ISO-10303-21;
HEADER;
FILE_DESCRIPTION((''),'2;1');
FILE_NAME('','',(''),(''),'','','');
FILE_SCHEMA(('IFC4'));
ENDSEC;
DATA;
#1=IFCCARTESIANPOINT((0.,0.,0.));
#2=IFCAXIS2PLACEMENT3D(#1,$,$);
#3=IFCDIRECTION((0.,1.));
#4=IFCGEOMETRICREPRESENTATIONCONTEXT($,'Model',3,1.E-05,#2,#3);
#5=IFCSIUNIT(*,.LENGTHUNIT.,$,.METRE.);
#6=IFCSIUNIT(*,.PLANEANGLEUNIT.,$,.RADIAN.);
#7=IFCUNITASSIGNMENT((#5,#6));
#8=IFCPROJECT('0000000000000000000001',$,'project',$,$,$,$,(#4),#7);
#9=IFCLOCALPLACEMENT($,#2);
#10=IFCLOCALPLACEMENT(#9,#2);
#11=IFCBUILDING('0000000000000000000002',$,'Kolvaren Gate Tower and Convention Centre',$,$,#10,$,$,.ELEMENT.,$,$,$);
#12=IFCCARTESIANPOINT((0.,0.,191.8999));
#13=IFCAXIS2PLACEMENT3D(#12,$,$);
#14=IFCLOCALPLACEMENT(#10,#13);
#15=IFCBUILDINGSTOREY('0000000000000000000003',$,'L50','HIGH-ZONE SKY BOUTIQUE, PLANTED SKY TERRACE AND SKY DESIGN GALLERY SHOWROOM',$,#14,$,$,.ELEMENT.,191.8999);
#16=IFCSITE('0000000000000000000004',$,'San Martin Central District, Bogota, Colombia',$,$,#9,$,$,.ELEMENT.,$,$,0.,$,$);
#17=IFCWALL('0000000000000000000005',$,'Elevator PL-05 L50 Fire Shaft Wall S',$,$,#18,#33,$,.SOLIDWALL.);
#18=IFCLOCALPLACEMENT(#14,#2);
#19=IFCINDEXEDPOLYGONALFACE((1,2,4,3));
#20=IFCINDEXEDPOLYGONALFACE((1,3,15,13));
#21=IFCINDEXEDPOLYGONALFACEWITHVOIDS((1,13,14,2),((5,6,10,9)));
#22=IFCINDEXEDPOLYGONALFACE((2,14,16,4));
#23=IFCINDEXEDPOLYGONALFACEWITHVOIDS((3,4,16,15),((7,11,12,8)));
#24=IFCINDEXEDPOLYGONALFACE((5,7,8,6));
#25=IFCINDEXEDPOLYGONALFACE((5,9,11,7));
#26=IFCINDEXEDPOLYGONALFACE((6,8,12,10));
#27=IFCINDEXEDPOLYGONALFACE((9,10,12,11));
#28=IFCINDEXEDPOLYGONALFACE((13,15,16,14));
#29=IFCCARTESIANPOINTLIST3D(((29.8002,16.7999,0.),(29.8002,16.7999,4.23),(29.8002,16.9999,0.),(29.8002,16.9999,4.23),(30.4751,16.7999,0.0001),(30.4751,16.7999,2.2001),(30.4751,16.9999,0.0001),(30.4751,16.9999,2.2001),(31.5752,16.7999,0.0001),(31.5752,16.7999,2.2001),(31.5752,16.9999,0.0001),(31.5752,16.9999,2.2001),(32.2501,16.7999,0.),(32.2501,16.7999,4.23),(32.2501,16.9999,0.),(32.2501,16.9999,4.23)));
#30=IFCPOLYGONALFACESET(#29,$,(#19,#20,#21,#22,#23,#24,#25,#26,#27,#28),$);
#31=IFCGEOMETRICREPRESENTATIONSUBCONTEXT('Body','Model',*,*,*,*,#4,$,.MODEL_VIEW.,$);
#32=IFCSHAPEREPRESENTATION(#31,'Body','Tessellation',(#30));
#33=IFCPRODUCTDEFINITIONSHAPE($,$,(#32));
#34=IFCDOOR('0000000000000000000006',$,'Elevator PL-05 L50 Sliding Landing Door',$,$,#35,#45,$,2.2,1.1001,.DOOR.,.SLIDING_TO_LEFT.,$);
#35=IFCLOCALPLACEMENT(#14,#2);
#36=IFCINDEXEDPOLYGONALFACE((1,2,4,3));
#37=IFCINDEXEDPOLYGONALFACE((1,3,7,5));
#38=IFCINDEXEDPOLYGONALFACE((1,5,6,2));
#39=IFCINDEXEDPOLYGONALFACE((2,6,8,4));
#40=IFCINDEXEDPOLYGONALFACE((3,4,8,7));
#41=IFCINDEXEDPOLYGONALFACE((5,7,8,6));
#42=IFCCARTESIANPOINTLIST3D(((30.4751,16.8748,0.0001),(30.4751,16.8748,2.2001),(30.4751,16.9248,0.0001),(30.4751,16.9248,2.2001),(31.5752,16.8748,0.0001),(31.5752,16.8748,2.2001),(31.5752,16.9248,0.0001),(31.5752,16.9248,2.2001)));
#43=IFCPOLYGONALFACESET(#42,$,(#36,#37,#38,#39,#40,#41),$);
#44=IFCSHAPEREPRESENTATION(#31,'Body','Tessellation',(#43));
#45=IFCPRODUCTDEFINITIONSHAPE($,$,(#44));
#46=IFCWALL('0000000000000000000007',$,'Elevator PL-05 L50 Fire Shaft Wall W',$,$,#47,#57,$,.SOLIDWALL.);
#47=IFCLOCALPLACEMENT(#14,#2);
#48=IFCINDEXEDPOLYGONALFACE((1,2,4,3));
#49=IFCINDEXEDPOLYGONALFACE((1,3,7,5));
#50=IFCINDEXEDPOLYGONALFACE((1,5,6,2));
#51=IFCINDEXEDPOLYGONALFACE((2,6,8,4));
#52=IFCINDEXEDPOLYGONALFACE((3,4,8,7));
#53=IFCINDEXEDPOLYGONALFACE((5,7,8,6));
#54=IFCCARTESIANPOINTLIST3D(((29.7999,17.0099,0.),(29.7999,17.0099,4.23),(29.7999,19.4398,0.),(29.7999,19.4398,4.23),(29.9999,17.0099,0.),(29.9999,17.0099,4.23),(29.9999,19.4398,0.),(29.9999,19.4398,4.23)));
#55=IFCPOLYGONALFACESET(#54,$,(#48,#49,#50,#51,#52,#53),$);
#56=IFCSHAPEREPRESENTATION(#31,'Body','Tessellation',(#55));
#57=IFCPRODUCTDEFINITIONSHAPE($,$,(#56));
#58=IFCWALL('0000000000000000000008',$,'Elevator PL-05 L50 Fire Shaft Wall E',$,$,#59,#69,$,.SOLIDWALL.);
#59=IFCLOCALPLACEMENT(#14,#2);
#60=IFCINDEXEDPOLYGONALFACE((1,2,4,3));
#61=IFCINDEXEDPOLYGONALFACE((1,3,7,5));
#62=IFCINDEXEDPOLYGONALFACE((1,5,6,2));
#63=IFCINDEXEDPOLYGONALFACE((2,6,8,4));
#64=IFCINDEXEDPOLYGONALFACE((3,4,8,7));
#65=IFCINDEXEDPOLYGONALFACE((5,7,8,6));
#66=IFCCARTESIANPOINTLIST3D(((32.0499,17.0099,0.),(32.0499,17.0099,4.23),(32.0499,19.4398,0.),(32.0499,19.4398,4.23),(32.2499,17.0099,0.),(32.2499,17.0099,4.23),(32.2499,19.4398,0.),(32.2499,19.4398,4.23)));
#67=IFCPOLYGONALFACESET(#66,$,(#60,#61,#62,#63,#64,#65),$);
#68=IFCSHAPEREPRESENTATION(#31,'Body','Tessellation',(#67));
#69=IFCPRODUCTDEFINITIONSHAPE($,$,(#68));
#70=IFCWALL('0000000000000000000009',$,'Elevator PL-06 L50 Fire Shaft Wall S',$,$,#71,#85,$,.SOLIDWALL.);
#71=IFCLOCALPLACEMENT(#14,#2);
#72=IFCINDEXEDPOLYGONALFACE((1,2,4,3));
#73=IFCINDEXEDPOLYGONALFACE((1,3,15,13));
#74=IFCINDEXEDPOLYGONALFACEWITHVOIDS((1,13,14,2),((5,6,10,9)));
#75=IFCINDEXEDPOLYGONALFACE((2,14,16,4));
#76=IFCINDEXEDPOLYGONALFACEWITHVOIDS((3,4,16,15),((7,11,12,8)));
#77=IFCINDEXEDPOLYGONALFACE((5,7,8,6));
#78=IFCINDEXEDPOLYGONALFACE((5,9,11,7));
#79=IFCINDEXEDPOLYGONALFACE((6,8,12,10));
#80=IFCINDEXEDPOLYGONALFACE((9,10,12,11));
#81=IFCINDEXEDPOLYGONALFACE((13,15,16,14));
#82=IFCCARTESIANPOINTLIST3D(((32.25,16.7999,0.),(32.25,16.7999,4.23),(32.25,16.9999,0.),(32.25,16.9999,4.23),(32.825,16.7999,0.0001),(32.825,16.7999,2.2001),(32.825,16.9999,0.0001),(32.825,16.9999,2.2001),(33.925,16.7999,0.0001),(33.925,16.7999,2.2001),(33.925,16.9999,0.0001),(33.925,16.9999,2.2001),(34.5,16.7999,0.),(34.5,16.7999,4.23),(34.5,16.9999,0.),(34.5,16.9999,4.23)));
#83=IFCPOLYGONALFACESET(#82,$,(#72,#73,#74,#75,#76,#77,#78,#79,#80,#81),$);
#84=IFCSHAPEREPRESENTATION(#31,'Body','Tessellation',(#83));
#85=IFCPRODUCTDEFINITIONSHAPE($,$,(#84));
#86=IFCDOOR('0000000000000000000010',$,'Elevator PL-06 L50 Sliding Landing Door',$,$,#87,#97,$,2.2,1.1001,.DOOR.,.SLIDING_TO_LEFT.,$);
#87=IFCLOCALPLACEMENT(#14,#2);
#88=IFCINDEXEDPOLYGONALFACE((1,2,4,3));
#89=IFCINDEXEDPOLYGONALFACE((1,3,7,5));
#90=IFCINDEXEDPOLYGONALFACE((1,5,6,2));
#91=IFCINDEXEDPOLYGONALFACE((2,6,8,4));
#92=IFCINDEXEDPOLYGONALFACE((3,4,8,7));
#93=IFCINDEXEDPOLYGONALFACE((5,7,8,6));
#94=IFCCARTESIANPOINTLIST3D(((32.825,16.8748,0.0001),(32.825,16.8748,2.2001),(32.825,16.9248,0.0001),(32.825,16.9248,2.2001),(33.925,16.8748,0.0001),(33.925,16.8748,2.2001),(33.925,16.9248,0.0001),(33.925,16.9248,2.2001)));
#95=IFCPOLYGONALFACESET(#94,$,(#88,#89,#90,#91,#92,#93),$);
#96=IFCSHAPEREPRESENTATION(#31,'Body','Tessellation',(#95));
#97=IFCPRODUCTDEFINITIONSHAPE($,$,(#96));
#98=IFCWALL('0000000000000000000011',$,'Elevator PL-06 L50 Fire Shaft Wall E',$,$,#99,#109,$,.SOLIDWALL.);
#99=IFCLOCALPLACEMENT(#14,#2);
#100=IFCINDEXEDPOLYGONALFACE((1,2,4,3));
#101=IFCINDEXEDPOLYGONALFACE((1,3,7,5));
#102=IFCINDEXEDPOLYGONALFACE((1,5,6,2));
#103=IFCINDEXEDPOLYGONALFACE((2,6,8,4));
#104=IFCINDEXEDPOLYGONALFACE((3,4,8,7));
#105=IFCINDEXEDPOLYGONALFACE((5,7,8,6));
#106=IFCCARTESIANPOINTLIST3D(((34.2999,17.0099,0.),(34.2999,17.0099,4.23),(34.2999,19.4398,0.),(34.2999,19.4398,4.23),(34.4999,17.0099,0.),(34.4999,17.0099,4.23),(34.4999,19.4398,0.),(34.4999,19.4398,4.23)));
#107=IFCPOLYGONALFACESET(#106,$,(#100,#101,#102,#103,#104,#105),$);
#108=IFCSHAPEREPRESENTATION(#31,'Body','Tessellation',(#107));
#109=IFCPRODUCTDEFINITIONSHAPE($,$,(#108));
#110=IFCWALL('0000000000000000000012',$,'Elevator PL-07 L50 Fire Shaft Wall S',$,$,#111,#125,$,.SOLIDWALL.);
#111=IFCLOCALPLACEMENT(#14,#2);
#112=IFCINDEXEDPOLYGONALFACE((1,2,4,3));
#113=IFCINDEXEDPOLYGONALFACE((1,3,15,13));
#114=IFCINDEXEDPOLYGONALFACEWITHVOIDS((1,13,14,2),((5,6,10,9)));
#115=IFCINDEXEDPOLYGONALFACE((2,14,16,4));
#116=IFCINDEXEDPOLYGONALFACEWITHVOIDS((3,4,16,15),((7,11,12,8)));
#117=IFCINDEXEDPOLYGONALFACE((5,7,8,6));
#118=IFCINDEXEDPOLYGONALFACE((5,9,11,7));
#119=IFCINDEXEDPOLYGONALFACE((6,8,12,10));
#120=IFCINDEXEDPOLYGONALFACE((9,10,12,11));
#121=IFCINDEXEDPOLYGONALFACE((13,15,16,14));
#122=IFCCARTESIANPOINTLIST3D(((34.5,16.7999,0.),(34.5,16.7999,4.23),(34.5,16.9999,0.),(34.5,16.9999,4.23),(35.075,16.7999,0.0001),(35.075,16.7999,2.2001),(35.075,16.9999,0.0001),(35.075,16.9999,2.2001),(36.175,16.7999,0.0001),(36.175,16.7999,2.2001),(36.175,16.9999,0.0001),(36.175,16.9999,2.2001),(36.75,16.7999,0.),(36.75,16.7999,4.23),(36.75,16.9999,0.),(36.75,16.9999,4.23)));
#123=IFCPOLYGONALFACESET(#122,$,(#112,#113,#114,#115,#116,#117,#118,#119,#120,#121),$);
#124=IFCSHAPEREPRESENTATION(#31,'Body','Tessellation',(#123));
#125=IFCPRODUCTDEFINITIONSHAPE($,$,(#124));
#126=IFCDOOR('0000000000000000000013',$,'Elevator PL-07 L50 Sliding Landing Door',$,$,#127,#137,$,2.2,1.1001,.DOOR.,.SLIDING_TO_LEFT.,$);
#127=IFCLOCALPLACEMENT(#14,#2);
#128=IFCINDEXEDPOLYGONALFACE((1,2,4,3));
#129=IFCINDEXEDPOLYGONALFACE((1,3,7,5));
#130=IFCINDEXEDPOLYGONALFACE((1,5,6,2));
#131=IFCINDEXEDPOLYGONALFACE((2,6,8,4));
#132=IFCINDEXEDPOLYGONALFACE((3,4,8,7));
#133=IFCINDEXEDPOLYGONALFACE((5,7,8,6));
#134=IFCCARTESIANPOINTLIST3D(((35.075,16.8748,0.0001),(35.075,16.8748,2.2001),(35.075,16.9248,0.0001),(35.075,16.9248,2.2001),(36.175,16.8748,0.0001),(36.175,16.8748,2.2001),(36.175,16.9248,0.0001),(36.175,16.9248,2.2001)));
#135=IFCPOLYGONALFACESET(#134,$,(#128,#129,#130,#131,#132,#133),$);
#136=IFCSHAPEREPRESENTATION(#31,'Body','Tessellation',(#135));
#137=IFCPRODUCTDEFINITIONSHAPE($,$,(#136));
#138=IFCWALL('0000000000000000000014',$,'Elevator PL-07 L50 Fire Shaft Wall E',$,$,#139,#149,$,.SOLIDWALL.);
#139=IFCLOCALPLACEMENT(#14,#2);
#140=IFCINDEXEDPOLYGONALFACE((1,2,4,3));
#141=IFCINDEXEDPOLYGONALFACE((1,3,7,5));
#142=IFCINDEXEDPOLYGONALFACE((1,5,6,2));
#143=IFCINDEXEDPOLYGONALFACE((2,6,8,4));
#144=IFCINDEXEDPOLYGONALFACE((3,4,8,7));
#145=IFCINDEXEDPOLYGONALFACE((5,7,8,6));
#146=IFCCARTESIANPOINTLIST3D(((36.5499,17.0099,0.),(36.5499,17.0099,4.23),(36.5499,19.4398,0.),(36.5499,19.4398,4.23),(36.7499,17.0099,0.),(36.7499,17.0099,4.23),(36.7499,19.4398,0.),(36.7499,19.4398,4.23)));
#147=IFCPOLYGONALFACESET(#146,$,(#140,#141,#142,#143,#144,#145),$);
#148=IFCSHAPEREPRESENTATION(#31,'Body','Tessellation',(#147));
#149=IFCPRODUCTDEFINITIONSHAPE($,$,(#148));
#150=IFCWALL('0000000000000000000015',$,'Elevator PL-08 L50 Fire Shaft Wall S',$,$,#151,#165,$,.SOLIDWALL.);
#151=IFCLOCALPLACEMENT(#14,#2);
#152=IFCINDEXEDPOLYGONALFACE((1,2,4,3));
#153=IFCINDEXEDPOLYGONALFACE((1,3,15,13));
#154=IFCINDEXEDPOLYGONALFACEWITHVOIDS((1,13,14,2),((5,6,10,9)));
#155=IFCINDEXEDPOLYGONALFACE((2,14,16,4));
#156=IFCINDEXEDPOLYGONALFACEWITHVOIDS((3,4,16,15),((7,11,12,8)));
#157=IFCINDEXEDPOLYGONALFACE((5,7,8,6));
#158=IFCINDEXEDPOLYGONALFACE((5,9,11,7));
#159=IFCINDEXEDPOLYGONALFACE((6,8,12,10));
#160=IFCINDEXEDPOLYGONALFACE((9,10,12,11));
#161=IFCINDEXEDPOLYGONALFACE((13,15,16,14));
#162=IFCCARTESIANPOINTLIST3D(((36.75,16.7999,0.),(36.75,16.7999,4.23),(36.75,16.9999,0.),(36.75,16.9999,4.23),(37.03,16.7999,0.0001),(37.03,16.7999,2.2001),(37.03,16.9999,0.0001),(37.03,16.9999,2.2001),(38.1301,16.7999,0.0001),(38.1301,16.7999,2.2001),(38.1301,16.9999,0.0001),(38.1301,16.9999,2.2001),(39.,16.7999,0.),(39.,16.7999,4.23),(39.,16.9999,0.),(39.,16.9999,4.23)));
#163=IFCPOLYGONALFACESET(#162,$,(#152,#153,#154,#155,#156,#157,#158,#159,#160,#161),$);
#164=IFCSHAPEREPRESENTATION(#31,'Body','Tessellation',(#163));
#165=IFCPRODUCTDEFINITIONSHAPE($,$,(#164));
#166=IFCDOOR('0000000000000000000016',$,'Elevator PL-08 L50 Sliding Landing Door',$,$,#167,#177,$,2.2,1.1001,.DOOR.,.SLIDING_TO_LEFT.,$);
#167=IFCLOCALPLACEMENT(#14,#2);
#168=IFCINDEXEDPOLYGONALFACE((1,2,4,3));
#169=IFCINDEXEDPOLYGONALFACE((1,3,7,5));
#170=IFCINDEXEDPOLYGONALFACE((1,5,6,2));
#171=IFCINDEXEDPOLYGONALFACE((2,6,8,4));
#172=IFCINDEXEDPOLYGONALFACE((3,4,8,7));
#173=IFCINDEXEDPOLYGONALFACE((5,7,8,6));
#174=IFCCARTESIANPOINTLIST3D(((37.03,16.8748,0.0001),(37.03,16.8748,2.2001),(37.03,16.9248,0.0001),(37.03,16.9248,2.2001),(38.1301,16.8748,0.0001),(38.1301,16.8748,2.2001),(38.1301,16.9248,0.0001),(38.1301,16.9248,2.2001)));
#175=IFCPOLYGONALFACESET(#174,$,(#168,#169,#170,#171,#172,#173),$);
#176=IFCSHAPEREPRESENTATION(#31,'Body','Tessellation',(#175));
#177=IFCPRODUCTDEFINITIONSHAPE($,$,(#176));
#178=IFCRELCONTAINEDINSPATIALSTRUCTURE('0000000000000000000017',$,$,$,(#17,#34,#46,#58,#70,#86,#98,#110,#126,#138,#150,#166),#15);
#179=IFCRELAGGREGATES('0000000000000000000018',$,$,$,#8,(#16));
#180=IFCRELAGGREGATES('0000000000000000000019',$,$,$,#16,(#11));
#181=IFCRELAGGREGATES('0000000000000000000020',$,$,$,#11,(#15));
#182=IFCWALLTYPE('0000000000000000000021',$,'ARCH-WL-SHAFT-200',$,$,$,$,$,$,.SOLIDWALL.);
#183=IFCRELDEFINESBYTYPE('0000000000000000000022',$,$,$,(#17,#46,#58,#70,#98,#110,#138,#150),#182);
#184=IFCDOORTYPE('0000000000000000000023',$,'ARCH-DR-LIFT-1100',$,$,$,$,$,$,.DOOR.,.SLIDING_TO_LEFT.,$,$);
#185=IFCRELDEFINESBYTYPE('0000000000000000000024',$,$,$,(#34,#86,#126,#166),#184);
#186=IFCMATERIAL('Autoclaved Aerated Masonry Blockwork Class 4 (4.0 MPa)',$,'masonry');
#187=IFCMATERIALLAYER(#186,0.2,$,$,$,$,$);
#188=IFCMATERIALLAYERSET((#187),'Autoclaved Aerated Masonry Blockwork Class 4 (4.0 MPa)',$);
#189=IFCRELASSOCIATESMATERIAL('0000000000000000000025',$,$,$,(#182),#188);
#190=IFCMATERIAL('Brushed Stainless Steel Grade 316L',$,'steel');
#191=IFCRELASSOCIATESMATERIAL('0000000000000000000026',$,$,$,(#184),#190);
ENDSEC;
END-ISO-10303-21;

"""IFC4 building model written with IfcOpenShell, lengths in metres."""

from ifc_helpers import new_model, si_unit, direction, frame, frame_2d, origin, place, context, subcontext, project, spatial, rectangle, extrude, material, layer, layer_set, type_object, element, fill, save


model = new_model("IFC4")

# Units and contexts
model_context = context("Model", 3, precision=1e-05, world=origin(), true_north=direction((0.0, 1.0)))
body_context = subcontext(model_context, "Body", "Model", "MODEL_VIEW")
ifc_project = project(units=[si_unit("LENGTHUNIT", "METRE"), si_unit("PLANEANGLEUNIT", "RADIAN")], contexts=[model_context])

# Site, building, storey
site_placement = place(None, origin())
site = spatial("IfcSite", under=ifc_project, at=site_placement, Name="San Martin Central District, Bogota, Colombia", CompositionType="ELEMENT", RefElevation=0.0)
building_placement = place(site_placement, origin())
building = spatial("IfcBuilding", under=site, at=building_placement, Name="Kolvaren Gate Tower and Convention Centre", CompositionType="ELEMENT")
storey_placement = place(building_placement, frame((0.0, 0.0, 191.8999)))
storey = spatial("IfcBuildingStorey", under=building, at=storey_placement, Name="L50", Description="HIGH-ZONE SKY BOUTIQUE, PLANTED SKY TERRACE AND SKY DESIGN GALLERY SHOWROOM", CompositionType="ELEMENT", Elevation=191.8999)

# Wall, opening, door
ifc_material_1 = material(Name="Autoclaved Aerated Masonry Blockwork Class 4 (4.0 MPa)", Category="masonry")
ifc_layer_1 = layer(ifc_material_1, 0.2)
ifc_layer_set_1 = layer_set([ifc_layer_1], Name="Autoclaved Aerated Masonry Blockwork Class 4 (4.0 MPa)")
wall_type_1 = type_object("IfcWallType", Name="ARCH-WL-SHAFT-200", PredefinedType="SOLIDWALL", material=ifc_layer_set_1)
wall_1_placement = place(storey_placement, frame((29.8, 16.8999, 0.0), z_axis=(0.0, 0.0, 1.0), x_axis=(1.0, 0.0, 0.0)))
wall_1 = element("IfcWall", 1, at=wall_1_placement, inside=storey, type_object=wall_type_1, Name="Elevator PL-05 L50 Fire Shaft Wall S", PredefinedType="SOLIDWALL", context=body_context, shape_type="SweptSolid", body=[
    extrude(rectangle(XDim=2.45, YDim=0.2, at=frame_2d((1.2251, 0.0))), origin(), (0.0, 0.0, 1.0), 4.23),
])
opening_1_placement = place(wall_1_placement, frame((0.675, 0.0, 0.0)))
opening_1 = element("IfcOpeningElement", 2, at=opening_1_placement, cuts=wall_1, PredefinedType="OPENING", context=body_context, shape_type="SweptSolid", body=[
    extrude(rectangle(XDim=1.1001, YDim=2.2, at=frame_2d((0.55, 1.1001))), frame((0.0, 0.1099, 0.0), z_axis=(0.0, -1.0, 0.0), x_axis=(1.0, 0.0, 0.0)), (0.0, 0.0, 1.0), 0.22),
])
ifc_material_2 = material(Name="Brushed Stainless Steel Grade 316L", Category="steel")
door_type_1 = type_object("IfcDoorType", Name="ARCH-DR-LIFT-1100", OperationType="SLIDING_TO_LEFT", PredefinedType="DOOR", material=ifc_material_2)
door_1_placement = place(opening_1_placement, origin())
door_1 = element("IfcDoor", 3, at=door_1_placement, inside=storey, type_object=door_type_1, Name="Elevator PL-05 L50 Sliding Landing Door", OperationType="SLIDING_TO_LEFT", OverallHeight=2.2, OverallWidth=1.1001, PredefinedType="DOOR", context=body_context, shape_type="SweptSolid", body=[
    extrude(rectangle(XDim=1.1001, YDim=2.2, at=frame_2d((0.55, 1.1001))), frame((0.0, 0.0249, 0.0), z_axis=(0.0, -1.0, 0.0), x_axis=(1.0, 0.0, 0.0)), (0.0, 0.0, 1.0), 0.05),
])
fill(opening_1, door_1)

# Walls
for number, where, z_axis, x_axis, name in (
    (4, (29.8999, 17.01, 0.0), (0.0, 0.0, 1.0), (0.0, 1.0, 0.0), "Elevator PL-05 L50 Fire Shaft Wall W"),
    (5, (32.1499, 17.01, 0.0), (0.0, 0.0, 1.0), (0.0, 1.0, 0.0), "Elevator PL-05 L50 Fire Shaft Wall E"),
):
    element("IfcWall", number, at=place(storey_placement, frame(where, z_axis=z_axis, x_axis=x_axis)), inside=storey, type_object=wall_type_1, Name=name, PredefinedType="SOLIDWALL", context=body_context, shape_type="SweptSolid", body=[
        extrude(rectangle(XDim=2.4299, YDim=0.2, at=frame_2d((1.2148, 0.0))), origin(), (0.0, 0.0, 1.0), 4.23),
    ])

# Wall, opening, door
wall_2_placement = place(storey_placement, frame((32.25, 16.8999, 0.0), z_axis=(0.0, 0.0, 1.0), x_axis=(1.0, 0.0, 0.0)))
wall_2 = element("IfcWall", 6, at=wall_2_placement, inside=storey, type_object=wall_type_1, Name="Elevator PL-06 L50 Fire Shaft Wall S", PredefinedType="SOLIDWALL", context=body_context, shape_type="SweptSolid", body=[
    extrude(rectangle(XDim=2.25, YDim=0.2, at=frame_2d((1.125, 0.0))), origin(), (0.0, 0.0, 1.0), 4.23),
])
opening_2_placement = place(wall_2_placement, frame((0.575, 0.0, 0.0)))
opening_2 = element("IfcOpeningElement", 7, at=opening_2_placement, cuts=wall_2, PredefinedType="OPENING", context=body_context, shape_type="SweptSolid", body=[
    extrude(rectangle(XDim=1.1001, YDim=2.2, at=frame_2d((0.55, 1.1001))), frame((0.0, 0.1099, 0.0), z_axis=(0.0, -1.0, 0.0), x_axis=(1.0, 0.0, 0.0)), (0.0, 0.0, 1.0), 0.22),
])
door_2_placement = place(opening_2_placement, origin())
door_2 = element("IfcDoor", 8, at=door_2_placement, inside=storey, type_object=door_type_1, Name="Elevator PL-06 L50 Sliding Landing Door", OperationType="SLIDING_TO_LEFT", OverallHeight=2.2, OverallWidth=1.1001, PredefinedType="DOOR", context=body_context, shape_type="SweptSolid", body=[
    extrude(rectangle(XDim=1.1001, YDim=2.2, at=frame_2d((0.55, 1.1001))), frame((0.0, 0.0249, 0.0), z_axis=(0.0, -1.0, 0.0), x_axis=(1.0, 0.0, 0.0)), (0.0, 0.0, 1.0), 0.05),
])
fill(opening_2, door_2)

# Wall
wall_3_placement = place(storey_placement, frame((34.3999, 17.01, 0.0), z_axis=(0.0, 0.0, 1.0), x_axis=(0.0, 1.0, 0.0)))
element("IfcWall", 9, at=wall_3_placement, inside=storey, type_object=wall_type_1, Name="Elevator PL-06 L50 Fire Shaft Wall E", PredefinedType="SOLIDWALL", context=body_context, shape_type="SweptSolid", body=[
    extrude(rectangle(XDim=2.4299, YDim=0.2, at=frame_2d((1.2148, 0.0))), origin(), (0.0, 0.0, 1.0), 4.23),
])

# Wall, opening, door
wall_4_placement = place(storey_placement, frame((34.5, 16.8999, 0.0), z_axis=(0.0, 0.0, 1.0), x_axis=(1.0, 0.0, 0.0)))
wall_4 = element("IfcWall", 10, at=wall_4_placement, inside=storey, type_object=wall_type_1, Name="Elevator PL-07 L50 Fire Shaft Wall S", PredefinedType="SOLIDWALL", context=body_context, shape_type="SweptSolid", body=[
    extrude(rectangle(XDim=2.25, YDim=0.2, at=frame_2d((1.125, 0.0))), origin(), (0.0, 0.0, 1.0), 4.23),
])
opening_3_placement = place(wall_4_placement, frame((0.575, 0.0, 0.0)))
opening_3 = element("IfcOpeningElement", 11, at=opening_3_placement, cuts=wall_4, PredefinedType="OPENING", context=body_context, shape_type="SweptSolid", body=[
    extrude(rectangle(XDim=1.1001, YDim=2.2, at=frame_2d((0.55, 1.1001))), frame((0.0, 0.1099, 0.0), z_axis=(0.0, -1.0, 0.0), x_axis=(1.0, 0.0, 0.0)), (0.0, 0.0, 1.0), 0.22),
])
door_3_placement = place(opening_3_placement, origin())
door_3 = element("IfcDoor", 12, at=door_3_placement, inside=storey, type_object=door_type_1, Name="Elevator PL-07 L50 Sliding Landing Door", OperationType="SLIDING_TO_LEFT", OverallHeight=2.2, OverallWidth=1.1001, PredefinedType="DOOR", context=body_context, shape_type="SweptSolid", body=[
    extrude(rectangle(XDim=1.1001, YDim=2.2, at=frame_2d((0.55, 1.1001))), frame((0.0, 0.0249, 0.0), z_axis=(0.0, -1.0, 0.0), x_axis=(1.0, 0.0, 0.0)), (0.0, 0.0, 1.0), 0.05),
])
fill(opening_3, door_3)

# Wall
wall_5_placement = place(storey_placement, frame((36.6499, 17.01, 0.0), z_axis=(0.0, 0.0, 1.0), x_axis=(0.0, 1.0, 0.0)))
element("IfcWall", 13, at=wall_5_placement, inside=storey, type_object=wall_type_1, Name="Elevator PL-07 L50 Fire Shaft Wall E", PredefinedType="SOLIDWALL", context=body_context, shape_type="SweptSolid", body=[
    extrude(rectangle(XDim=2.4299, YDim=0.2, at=frame_2d((1.2148, 0.0))), origin(), (0.0, 0.0, 1.0), 4.23),
])

# Wall, opening, door
wall_6_placement = place(storey_placement, frame((36.75, 16.8999, 0.0), z_axis=(0.0, 0.0, 1.0), x_axis=(1.0, 0.0, 0.0)))
wall_6 = element("IfcWall", 14, at=wall_6_placement, inside=storey, type_object=wall_type_1, Name="Elevator PL-08 L50 Fire Shaft Wall S", PredefinedType="SOLIDWALL", context=body_context, shape_type="SweptSolid", body=[
    extrude(rectangle(XDim=2.25, YDim=0.2, at=frame_2d((1.125, 0.0))), origin(), (0.0, 0.0, 1.0), 4.23),
])
opening_4_placement = place(wall_6_placement, frame((0.28, 0.0, 0.0)))
opening_4 = element("IfcOpeningElement", 15, at=opening_4_placement, cuts=wall_6, PredefinedType="OPENING", context=body_context, shape_type="SweptSolid", body=[
    extrude(rectangle(XDim=1.1001, YDim=2.2, at=frame_2d((0.55, 1.1001))), frame((0.0, 0.1099, 0.0), z_axis=(0.0, -1.0, 0.0), x_axis=(1.0, 0.0, 0.0)), (0.0, 0.0, 1.0), 0.22),
])
door_4_placement = place(opening_4_placement, origin())
door_4 = element("IfcDoor", 16, at=door_4_placement, inside=storey, type_object=door_type_1, Name="Elevator PL-08 L50 Sliding Landing Door", OperationType="SLIDING_TO_LEFT", OverallHeight=2.2, OverallWidth=1.1001, PredefinedType="DOOR", context=body_context, shape_type="SweptSolid", body=[
    extrude(rectangle(XDim=1.1001, YDim=2.2, at=frame_2d((0.55, 1.1001))), frame((0.0, 0.0249, 0.0), z_axis=(0.0, -1.0, 0.0), x_axis=(1.0, 0.0, 0.0)), (0.0, 0.0, 1.0), 0.05),
])
fill(opening_4, door_4)

save(model, "model.ifc")
